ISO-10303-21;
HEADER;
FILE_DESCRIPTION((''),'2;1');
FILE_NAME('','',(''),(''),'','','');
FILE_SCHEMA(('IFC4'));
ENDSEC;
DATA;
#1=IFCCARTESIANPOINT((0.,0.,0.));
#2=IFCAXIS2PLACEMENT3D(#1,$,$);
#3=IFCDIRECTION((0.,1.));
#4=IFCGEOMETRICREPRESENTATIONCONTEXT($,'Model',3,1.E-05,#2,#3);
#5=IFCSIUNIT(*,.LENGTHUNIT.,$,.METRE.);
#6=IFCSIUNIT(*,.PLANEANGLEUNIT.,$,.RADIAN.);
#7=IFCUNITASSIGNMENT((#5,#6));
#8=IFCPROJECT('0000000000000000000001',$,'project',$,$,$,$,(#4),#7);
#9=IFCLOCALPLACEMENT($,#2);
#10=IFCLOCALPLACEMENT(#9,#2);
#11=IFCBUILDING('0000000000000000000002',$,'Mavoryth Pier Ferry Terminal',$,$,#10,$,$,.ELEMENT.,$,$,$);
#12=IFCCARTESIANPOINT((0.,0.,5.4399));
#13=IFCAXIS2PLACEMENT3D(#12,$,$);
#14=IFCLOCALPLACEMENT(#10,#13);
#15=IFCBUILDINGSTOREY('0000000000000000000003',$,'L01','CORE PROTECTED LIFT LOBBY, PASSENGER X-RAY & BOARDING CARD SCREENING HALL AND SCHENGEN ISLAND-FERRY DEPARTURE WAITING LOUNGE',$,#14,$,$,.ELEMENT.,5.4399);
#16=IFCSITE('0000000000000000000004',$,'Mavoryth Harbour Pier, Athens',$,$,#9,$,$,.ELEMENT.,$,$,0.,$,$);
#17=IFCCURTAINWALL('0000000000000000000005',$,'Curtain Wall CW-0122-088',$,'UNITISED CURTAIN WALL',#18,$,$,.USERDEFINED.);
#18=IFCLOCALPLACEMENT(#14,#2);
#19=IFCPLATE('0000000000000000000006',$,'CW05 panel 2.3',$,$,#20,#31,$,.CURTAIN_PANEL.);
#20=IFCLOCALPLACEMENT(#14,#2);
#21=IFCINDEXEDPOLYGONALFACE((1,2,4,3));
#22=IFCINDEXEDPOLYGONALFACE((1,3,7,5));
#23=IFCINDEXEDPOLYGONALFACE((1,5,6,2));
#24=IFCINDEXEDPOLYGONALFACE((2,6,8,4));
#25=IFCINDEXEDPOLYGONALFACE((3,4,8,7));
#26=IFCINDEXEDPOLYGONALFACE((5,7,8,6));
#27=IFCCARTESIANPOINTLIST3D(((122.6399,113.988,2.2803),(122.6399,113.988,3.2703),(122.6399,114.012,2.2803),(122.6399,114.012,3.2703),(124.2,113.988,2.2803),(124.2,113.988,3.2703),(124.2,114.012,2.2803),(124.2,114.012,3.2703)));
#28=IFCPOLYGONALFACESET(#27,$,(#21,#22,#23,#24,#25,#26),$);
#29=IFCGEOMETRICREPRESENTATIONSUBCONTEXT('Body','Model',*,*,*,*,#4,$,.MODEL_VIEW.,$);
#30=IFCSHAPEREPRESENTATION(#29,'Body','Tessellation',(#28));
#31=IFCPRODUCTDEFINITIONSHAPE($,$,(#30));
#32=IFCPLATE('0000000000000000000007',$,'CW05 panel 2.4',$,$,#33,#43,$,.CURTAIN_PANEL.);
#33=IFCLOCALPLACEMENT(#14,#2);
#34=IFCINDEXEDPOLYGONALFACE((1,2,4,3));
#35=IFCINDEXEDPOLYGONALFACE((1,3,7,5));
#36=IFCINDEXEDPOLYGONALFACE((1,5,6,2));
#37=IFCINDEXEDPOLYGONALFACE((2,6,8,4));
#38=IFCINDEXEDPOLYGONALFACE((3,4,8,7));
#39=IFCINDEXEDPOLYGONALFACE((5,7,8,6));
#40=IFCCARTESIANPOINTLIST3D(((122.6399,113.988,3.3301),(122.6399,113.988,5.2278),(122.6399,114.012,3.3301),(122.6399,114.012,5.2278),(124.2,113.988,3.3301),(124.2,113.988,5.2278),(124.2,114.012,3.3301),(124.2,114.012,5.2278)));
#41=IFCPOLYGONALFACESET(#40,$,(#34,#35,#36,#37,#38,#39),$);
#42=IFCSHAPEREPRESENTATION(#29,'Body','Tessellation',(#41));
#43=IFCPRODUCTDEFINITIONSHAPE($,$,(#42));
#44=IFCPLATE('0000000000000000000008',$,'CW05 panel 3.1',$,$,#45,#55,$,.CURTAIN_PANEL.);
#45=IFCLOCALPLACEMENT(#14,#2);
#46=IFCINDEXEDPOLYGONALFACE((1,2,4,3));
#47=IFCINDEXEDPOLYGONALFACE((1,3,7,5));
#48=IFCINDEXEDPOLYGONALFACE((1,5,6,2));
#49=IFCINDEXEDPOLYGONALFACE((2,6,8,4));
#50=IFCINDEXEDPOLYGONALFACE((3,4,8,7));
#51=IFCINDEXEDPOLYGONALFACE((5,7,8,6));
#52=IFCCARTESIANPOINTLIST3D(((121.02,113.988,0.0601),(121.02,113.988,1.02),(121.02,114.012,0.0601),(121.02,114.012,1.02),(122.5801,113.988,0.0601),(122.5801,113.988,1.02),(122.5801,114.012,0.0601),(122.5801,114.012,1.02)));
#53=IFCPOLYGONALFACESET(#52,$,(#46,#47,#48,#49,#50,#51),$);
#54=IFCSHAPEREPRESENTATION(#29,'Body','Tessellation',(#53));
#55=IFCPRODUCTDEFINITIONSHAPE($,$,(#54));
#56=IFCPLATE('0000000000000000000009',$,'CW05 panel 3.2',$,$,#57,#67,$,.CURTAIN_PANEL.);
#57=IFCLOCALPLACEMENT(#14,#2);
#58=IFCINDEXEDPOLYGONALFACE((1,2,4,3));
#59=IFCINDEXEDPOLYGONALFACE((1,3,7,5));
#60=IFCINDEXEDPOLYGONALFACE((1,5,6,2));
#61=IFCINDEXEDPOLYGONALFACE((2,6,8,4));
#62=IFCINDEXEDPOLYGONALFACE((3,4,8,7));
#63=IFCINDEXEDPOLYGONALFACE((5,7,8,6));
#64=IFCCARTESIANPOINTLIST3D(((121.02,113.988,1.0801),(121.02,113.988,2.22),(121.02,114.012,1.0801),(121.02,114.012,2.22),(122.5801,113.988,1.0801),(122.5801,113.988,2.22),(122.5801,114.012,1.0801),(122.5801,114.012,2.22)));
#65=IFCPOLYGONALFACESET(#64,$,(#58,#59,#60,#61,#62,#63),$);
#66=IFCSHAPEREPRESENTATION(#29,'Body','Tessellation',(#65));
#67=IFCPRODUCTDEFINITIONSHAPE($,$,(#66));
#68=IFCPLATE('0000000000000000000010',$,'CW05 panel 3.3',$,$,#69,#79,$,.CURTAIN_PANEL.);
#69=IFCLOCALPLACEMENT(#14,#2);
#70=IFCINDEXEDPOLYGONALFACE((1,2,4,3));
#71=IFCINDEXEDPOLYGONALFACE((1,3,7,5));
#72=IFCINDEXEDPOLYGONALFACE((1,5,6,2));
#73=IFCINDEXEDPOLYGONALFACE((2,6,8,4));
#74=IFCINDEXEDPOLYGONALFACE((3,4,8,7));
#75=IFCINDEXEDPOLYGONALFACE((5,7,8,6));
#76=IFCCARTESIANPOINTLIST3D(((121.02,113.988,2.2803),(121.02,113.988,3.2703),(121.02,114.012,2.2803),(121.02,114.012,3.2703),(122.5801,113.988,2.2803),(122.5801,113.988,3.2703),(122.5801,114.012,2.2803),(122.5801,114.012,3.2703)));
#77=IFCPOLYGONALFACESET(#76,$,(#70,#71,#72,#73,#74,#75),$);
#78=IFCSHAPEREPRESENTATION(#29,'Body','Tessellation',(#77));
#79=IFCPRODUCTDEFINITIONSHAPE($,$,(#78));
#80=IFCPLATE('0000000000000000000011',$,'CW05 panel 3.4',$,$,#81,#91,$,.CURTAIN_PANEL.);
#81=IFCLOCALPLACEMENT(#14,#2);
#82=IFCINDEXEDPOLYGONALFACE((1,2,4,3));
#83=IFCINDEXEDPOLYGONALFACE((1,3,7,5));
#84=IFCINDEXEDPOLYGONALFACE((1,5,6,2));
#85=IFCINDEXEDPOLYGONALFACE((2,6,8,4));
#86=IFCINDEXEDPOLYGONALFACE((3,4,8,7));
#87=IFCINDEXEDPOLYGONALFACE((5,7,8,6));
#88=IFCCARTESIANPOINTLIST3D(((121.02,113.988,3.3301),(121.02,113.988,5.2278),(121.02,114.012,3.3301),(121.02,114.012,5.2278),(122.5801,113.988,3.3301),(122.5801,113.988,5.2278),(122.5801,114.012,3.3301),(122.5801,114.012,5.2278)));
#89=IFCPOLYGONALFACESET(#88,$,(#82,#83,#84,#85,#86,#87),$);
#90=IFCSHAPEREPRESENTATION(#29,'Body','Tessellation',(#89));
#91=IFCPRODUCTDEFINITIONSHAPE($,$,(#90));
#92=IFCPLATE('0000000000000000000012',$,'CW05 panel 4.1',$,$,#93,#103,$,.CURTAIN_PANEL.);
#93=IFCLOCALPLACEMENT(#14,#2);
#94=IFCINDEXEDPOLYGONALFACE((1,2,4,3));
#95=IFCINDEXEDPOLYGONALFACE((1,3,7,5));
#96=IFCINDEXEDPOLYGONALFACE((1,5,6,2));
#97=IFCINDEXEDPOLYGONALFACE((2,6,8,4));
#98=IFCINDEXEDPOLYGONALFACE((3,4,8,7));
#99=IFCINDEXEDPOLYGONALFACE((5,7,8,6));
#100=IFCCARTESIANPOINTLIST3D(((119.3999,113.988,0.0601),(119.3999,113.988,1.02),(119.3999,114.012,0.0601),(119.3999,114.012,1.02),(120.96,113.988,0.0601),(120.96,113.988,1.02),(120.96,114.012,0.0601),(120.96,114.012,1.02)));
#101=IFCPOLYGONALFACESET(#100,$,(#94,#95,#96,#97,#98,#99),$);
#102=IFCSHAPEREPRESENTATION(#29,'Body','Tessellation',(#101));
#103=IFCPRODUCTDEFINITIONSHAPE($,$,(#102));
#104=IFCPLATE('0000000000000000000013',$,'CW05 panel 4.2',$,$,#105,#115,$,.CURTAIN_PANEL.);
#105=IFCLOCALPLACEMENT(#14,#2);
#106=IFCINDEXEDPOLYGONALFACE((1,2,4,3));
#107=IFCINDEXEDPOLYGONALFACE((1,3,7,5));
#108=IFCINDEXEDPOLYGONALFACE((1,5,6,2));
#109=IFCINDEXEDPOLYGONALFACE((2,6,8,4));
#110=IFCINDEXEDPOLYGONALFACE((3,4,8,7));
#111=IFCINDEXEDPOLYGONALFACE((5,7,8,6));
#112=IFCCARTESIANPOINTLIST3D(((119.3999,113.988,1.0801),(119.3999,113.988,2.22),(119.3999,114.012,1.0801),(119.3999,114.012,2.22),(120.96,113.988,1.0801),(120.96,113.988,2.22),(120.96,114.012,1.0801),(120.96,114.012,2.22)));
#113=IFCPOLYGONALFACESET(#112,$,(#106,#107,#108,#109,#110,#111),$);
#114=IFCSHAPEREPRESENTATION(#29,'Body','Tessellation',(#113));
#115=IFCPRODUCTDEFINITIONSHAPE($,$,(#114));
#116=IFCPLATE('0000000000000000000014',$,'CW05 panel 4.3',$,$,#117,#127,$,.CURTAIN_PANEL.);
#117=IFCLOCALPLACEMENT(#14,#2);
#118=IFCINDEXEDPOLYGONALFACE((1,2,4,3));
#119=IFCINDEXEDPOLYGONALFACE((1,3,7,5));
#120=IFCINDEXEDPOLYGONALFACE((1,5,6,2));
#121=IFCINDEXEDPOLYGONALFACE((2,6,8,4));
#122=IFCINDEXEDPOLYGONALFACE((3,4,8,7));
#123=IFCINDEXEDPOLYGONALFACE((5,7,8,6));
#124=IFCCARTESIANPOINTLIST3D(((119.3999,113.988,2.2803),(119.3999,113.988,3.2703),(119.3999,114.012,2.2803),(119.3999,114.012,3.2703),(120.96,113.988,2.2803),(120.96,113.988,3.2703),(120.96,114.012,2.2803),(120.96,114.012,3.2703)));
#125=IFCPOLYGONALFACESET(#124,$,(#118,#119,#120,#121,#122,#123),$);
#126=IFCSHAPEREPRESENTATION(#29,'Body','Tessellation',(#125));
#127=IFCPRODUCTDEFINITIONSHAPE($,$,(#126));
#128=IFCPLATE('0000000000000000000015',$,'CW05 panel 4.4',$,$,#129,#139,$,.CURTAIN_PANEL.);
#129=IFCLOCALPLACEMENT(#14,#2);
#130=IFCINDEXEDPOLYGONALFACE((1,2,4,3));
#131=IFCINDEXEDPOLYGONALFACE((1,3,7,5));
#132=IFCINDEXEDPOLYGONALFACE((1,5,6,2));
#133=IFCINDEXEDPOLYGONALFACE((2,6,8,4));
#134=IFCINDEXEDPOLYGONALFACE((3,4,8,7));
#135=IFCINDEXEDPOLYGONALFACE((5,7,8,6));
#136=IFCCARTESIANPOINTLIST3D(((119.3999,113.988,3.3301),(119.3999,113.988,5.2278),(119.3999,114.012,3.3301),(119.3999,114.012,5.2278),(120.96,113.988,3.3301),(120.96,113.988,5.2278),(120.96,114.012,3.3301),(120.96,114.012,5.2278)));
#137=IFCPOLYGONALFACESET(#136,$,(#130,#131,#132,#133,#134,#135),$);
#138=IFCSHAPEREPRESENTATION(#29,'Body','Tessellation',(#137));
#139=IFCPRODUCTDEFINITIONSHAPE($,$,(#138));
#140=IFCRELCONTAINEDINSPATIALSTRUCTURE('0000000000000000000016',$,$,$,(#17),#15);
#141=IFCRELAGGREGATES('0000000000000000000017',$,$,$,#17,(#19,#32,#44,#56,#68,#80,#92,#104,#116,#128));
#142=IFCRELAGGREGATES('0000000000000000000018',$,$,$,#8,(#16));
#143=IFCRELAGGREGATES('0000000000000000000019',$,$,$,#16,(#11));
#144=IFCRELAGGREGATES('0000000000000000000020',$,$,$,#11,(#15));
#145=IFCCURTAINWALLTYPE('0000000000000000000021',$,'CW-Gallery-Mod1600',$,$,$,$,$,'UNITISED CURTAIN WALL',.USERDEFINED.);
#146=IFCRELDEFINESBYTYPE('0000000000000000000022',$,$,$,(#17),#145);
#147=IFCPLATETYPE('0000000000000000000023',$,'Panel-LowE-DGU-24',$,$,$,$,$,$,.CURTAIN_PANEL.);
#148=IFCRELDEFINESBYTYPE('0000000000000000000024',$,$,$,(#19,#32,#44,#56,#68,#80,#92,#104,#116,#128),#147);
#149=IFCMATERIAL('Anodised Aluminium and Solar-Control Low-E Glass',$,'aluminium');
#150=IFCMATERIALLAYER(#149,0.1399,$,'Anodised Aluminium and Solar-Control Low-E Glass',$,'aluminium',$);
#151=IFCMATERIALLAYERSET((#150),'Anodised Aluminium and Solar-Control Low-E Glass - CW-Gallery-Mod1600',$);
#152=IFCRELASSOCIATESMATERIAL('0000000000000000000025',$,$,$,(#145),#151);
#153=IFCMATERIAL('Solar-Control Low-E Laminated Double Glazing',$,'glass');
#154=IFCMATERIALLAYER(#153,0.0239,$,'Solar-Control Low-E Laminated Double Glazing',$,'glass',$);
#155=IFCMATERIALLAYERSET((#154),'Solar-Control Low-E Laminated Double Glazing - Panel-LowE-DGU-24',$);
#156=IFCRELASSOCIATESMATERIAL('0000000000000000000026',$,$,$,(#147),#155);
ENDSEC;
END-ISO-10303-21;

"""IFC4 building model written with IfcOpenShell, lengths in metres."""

from ifc_helpers import new_model, si_unit, direction, frame, origin, origin_2d, place, context, subcontext, project, spatial, rectangle, extrude, material, layer, layer_set, type_object, element, aggregate, save


model = new_model("IFC4")

# Units and contexts
model_context = context("Model", 3, precision=1e-05, world=origin(), true_north=direction((0.0, 1.0)))
body_context = subcontext(model_context, "Body", "Model", "MODEL_VIEW")
ifc_project = project(units=[si_unit("LENGTHUNIT", "METRE"), si_unit("PLANEANGLEUNIT", "RADIAN")], contexts=[model_context])

# Site, building, storey
site_placement = place(None, origin())
site = spatial("IfcSite", under=ifc_project, at=site_placement, Name="Mavoryth Harbour Pier, Athens", CompositionType="ELEMENT", RefElevation=0.0)
building_placement = place(site_placement, origin())
building = spatial("IfcBuilding", under=site, at=building_placement, Name="Mavoryth Pier Ferry Terminal", CompositionType="ELEMENT")
storey_placement = place(building_placement, frame((0.0, 0.0, 5.4399)))
storey = spatial("IfcBuildingStorey", under=building, at=storey_placement, Name="L01", Description="CORE PROTECTED LIFT LOBBY, PASSENGER X-RAY & BOARDING CARD SCREENING HALL AND SCHENGEN ISLAND-FERRY DEPARTURE WAITING LOUNGE", CompositionType="ELEMENT", Elevation=5.4399)

# Curtain wall, plates
ifc_material_1 = material(Name="Anodised Aluminium and Solar-Control Low-E Glass", Category="aluminium")
ifc_layer_1 = layer(ifc_material_1, 0.1399, Name="Anodised Aluminium and Solar-Control Low-E Glass", Category="aluminium")
ifc_layer_set_1 = layer_set([ifc_layer_1], Name="Anodised Aluminium and Solar-Control Low-E Glass - CW-Gallery-Mod1600")
curtain_wall_type = type_object("IfcCurtainWallType", Name="CW-Gallery-Mod1600", ElementType="UNITISED CURTAIN WALL", PredefinedType="USERDEFINED", material=ifc_layer_set_1)
curtain_wall_placement = place(storey_placement, origin())
curtain_wall = element("IfcCurtainWall", 1, at=curtain_wall_placement, inside=storey, type_object=curtain_wall_type, Name="Curtain Wall CW-0122-088", ObjectType="UNITISED CURTAIN WALL", PredefinedType="USERDEFINED")
ifc_material_2 = material(Name="Solar-Control Low-E Laminated Double Glazing", Category="glass")
ifc_layer_2 = layer(ifc_material_2, 0.0239, Name="Solar-Control Low-E Laminated Double Glazing", Category="glass")
ifc_layer_set_2 = layer_set([ifc_layer_2], Name="Solar-Control Low-E Laminated Double Glazing - Panel-LowE-DGU-24")
plate_type = type_object("IfcPlateType", Name="Panel-LowE-DGU-24", PredefinedType="CURTAIN_PANEL", material=ifc_layer_set_2)
plate_1_placement = place(storey_placement, frame((123.4199, 114.0, 2.2803), z_axis=(0.0, 0.0, 1.0), x_axis=(-1.0, 0.0, 0.0)))
plate_1 = element("IfcPlate", 2, at=plate_1_placement, type_object=plate_type, Name="CW05 panel 2.3", PredefinedType="CURTAIN_PANEL", context=body_context, shape_type="SweptSolid", body=[
    extrude(rectangle(XDim=1.5601, YDim=0.0239, at=origin_2d()), origin(), (0.0, 0.0, 1.0), 0.99),
])
plate_2_placement = place(storey_placement, frame((123.4199, 114.0, 3.3301), z_axis=(0.0, 0.0, 1.0), x_axis=(-1.0, 0.0, 0.0)))
plate_2 = element("IfcPlate", 3, at=plate_2_placement, type_object=plate_type, Name="CW05 panel 2.4", PredefinedType="CURTAIN_PANEL", context=body_context, shape_type="SweptSolid", body=[
    extrude(rectangle(XDim=1.5601, YDim=0.0239, at=origin_2d()), origin(), (0.0, 0.0, 1.0), 1.8977),
])
plate_3_placement = place(storey_placement, frame((121.8, 114.0, 0.0601), z_axis=(0.0, 0.0, 1.0), x_axis=(-1.0, 0.0, 0.0)))
plate_3 = element("IfcPlate", 4, at=plate_3_placement, type_object=plate_type, Name="CW05 panel 3.1", PredefinedType="CURTAIN_PANEL", context=body_context, shape_type="SweptSolid", body=[
    extrude(rectangle(XDim=1.5601, YDim=0.0239, at=origin_2d()), origin(), (0.0, 0.0, 1.0), 0.96),
])
plate_4_placement = place(storey_placement, frame((121.8, 114.0, 1.0801), z_axis=(0.0, 0.0, 1.0), x_axis=(-1.0, 0.0, 0.0)))
plate_4 = element("IfcPlate", 5, at=plate_4_placement, type_object=plate_type, Name="CW05 panel 3.2", PredefinedType="CURTAIN_PANEL", context=body_context, shape_type="SweptSolid", body=[
    extrude(rectangle(XDim=1.5601, YDim=0.0239, at=origin_2d()), origin(), (0.0, 0.0, 1.0), 1.1399),
])
plate_5_placement = place(storey_placement, frame((121.8, 114.0, 2.2803), z_axis=(0.0, 0.0, 1.0), x_axis=(-1.0, 0.0, 0.0)))
plate_5 = element("IfcPlate", 6, at=plate_5_placement, type_object=plate_type, Name="CW05 panel 3.3", PredefinedType="CURTAIN_PANEL", context=body_context, shape_type="SweptSolid", body=[
    extrude(rectangle(XDim=1.5601, YDim=0.0239, at=origin_2d()), origin(), (0.0, 0.0, 1.0), 0.99),
])
plate_6_placement = place(storey_placement, frame((121.8, 114.0, 3.3301), z_axis=(0.0, 0.0, 1.0), x_axis=(-1.0, 0.0, 0.0)))
plate_6 = element("IfcPlate", 7, at=plate_6_placement, type_object=plate_type, Name="CW05 panel 3.4", PredefinedType="CURTAIN_PANEL", context=body_context, shape_type="SweptSolid", body=[
    extrude(rectangle(XDim=1.5601, YDim=0.0239, at=origin_2d()), origin(), (0.0, 0.0, 1.0), 1.8977),
])
plate_7_placement = place(storey_placement, frame((120.1799, 114.0, 0.0601), z_axis=(0.0, 0.0, 1.0), x_axis=(-1.0, 0.0, 0.0)))
plate_7 = element("IfcPlate", 8, at=plate_7_placement, type_object=plate_type, Name="CW05 panel 4.1", PredefinedType="CURTAIN_PANEL", context=body_context, shape_type="SweptSolid", body=[
    extrude(rectangle(XDim=1.5601, YDim=0.0239, at=origin_2d()), origin(), (0.0, 0.0, 1.0), 0.96),
])
plate_8_placement = place(storey_placement, frame((120.1799, 114.0, 1.0801), z_axis=(0.0, 0.0, 1.0), x_axis=(-1.0, 0.0, 0.0)))
plate_8 = element("IfcPlate", 9, at=plate_8_placement, type_object=plate_type, Name="CW05 panel 4.2", PredefinedType="CURTAIN_PANEL", context=body_context, shape_type="SweptSolid", body=[
    extrude(rectangle(XDim=1.5601, YDim=0.0239, at=origin_2d()), origin(), (0.0, 0.0, 1.0), 1.1399),
])
plate_9_placement = place(storey_placement, frame((120.1799, 114.0, 2.2803), z_axis=(0.0, 0.0, 1.0), x_axis=(-1.0, 0.0, 0.0)))
plate_9 = element("IfcPlate", 10, at=plate_9_placement, type_object=plate_type, Name="CW05 panel 4.3", PredefinedType="CURTAIN_PANEL", context=body_context, shape_type="SweptSolid", body=[
    extrude(rectangle(XDim=1.5601, YDim=0.0239, at=origin_2d()), origin(), (0.0, 0.0, 1.0), 0.99),
])
plate_10_placement = place(storey_placement, frame((120.1799, 114.0, 3.3301), z_axis=(0.0, 0.0, 1.0), x_axis=(-1.0, 0.0, 0.0)))
plate_10 = element("IfcPlate", 11, at=plate_10_placement, type_object=plate_type, Name="CW05 panel 4.4", PredefinedType="CURTAIN_PANEL", context=body_context, shape_type="SweptSolid", body=[
    extrude(rectangle(XDim=1.5601, YDim=0.0239, at=origin_2d()), origin(), (0.0, 0.0, 1.0), 1.8977),
])
aggregate(curtain_wall, [plate_1, plate_2, plate_3, plate_4, plate_5, plate_6, plate_7, plate_8, plate_9, plate_10])

save(model, "model.ifc")
